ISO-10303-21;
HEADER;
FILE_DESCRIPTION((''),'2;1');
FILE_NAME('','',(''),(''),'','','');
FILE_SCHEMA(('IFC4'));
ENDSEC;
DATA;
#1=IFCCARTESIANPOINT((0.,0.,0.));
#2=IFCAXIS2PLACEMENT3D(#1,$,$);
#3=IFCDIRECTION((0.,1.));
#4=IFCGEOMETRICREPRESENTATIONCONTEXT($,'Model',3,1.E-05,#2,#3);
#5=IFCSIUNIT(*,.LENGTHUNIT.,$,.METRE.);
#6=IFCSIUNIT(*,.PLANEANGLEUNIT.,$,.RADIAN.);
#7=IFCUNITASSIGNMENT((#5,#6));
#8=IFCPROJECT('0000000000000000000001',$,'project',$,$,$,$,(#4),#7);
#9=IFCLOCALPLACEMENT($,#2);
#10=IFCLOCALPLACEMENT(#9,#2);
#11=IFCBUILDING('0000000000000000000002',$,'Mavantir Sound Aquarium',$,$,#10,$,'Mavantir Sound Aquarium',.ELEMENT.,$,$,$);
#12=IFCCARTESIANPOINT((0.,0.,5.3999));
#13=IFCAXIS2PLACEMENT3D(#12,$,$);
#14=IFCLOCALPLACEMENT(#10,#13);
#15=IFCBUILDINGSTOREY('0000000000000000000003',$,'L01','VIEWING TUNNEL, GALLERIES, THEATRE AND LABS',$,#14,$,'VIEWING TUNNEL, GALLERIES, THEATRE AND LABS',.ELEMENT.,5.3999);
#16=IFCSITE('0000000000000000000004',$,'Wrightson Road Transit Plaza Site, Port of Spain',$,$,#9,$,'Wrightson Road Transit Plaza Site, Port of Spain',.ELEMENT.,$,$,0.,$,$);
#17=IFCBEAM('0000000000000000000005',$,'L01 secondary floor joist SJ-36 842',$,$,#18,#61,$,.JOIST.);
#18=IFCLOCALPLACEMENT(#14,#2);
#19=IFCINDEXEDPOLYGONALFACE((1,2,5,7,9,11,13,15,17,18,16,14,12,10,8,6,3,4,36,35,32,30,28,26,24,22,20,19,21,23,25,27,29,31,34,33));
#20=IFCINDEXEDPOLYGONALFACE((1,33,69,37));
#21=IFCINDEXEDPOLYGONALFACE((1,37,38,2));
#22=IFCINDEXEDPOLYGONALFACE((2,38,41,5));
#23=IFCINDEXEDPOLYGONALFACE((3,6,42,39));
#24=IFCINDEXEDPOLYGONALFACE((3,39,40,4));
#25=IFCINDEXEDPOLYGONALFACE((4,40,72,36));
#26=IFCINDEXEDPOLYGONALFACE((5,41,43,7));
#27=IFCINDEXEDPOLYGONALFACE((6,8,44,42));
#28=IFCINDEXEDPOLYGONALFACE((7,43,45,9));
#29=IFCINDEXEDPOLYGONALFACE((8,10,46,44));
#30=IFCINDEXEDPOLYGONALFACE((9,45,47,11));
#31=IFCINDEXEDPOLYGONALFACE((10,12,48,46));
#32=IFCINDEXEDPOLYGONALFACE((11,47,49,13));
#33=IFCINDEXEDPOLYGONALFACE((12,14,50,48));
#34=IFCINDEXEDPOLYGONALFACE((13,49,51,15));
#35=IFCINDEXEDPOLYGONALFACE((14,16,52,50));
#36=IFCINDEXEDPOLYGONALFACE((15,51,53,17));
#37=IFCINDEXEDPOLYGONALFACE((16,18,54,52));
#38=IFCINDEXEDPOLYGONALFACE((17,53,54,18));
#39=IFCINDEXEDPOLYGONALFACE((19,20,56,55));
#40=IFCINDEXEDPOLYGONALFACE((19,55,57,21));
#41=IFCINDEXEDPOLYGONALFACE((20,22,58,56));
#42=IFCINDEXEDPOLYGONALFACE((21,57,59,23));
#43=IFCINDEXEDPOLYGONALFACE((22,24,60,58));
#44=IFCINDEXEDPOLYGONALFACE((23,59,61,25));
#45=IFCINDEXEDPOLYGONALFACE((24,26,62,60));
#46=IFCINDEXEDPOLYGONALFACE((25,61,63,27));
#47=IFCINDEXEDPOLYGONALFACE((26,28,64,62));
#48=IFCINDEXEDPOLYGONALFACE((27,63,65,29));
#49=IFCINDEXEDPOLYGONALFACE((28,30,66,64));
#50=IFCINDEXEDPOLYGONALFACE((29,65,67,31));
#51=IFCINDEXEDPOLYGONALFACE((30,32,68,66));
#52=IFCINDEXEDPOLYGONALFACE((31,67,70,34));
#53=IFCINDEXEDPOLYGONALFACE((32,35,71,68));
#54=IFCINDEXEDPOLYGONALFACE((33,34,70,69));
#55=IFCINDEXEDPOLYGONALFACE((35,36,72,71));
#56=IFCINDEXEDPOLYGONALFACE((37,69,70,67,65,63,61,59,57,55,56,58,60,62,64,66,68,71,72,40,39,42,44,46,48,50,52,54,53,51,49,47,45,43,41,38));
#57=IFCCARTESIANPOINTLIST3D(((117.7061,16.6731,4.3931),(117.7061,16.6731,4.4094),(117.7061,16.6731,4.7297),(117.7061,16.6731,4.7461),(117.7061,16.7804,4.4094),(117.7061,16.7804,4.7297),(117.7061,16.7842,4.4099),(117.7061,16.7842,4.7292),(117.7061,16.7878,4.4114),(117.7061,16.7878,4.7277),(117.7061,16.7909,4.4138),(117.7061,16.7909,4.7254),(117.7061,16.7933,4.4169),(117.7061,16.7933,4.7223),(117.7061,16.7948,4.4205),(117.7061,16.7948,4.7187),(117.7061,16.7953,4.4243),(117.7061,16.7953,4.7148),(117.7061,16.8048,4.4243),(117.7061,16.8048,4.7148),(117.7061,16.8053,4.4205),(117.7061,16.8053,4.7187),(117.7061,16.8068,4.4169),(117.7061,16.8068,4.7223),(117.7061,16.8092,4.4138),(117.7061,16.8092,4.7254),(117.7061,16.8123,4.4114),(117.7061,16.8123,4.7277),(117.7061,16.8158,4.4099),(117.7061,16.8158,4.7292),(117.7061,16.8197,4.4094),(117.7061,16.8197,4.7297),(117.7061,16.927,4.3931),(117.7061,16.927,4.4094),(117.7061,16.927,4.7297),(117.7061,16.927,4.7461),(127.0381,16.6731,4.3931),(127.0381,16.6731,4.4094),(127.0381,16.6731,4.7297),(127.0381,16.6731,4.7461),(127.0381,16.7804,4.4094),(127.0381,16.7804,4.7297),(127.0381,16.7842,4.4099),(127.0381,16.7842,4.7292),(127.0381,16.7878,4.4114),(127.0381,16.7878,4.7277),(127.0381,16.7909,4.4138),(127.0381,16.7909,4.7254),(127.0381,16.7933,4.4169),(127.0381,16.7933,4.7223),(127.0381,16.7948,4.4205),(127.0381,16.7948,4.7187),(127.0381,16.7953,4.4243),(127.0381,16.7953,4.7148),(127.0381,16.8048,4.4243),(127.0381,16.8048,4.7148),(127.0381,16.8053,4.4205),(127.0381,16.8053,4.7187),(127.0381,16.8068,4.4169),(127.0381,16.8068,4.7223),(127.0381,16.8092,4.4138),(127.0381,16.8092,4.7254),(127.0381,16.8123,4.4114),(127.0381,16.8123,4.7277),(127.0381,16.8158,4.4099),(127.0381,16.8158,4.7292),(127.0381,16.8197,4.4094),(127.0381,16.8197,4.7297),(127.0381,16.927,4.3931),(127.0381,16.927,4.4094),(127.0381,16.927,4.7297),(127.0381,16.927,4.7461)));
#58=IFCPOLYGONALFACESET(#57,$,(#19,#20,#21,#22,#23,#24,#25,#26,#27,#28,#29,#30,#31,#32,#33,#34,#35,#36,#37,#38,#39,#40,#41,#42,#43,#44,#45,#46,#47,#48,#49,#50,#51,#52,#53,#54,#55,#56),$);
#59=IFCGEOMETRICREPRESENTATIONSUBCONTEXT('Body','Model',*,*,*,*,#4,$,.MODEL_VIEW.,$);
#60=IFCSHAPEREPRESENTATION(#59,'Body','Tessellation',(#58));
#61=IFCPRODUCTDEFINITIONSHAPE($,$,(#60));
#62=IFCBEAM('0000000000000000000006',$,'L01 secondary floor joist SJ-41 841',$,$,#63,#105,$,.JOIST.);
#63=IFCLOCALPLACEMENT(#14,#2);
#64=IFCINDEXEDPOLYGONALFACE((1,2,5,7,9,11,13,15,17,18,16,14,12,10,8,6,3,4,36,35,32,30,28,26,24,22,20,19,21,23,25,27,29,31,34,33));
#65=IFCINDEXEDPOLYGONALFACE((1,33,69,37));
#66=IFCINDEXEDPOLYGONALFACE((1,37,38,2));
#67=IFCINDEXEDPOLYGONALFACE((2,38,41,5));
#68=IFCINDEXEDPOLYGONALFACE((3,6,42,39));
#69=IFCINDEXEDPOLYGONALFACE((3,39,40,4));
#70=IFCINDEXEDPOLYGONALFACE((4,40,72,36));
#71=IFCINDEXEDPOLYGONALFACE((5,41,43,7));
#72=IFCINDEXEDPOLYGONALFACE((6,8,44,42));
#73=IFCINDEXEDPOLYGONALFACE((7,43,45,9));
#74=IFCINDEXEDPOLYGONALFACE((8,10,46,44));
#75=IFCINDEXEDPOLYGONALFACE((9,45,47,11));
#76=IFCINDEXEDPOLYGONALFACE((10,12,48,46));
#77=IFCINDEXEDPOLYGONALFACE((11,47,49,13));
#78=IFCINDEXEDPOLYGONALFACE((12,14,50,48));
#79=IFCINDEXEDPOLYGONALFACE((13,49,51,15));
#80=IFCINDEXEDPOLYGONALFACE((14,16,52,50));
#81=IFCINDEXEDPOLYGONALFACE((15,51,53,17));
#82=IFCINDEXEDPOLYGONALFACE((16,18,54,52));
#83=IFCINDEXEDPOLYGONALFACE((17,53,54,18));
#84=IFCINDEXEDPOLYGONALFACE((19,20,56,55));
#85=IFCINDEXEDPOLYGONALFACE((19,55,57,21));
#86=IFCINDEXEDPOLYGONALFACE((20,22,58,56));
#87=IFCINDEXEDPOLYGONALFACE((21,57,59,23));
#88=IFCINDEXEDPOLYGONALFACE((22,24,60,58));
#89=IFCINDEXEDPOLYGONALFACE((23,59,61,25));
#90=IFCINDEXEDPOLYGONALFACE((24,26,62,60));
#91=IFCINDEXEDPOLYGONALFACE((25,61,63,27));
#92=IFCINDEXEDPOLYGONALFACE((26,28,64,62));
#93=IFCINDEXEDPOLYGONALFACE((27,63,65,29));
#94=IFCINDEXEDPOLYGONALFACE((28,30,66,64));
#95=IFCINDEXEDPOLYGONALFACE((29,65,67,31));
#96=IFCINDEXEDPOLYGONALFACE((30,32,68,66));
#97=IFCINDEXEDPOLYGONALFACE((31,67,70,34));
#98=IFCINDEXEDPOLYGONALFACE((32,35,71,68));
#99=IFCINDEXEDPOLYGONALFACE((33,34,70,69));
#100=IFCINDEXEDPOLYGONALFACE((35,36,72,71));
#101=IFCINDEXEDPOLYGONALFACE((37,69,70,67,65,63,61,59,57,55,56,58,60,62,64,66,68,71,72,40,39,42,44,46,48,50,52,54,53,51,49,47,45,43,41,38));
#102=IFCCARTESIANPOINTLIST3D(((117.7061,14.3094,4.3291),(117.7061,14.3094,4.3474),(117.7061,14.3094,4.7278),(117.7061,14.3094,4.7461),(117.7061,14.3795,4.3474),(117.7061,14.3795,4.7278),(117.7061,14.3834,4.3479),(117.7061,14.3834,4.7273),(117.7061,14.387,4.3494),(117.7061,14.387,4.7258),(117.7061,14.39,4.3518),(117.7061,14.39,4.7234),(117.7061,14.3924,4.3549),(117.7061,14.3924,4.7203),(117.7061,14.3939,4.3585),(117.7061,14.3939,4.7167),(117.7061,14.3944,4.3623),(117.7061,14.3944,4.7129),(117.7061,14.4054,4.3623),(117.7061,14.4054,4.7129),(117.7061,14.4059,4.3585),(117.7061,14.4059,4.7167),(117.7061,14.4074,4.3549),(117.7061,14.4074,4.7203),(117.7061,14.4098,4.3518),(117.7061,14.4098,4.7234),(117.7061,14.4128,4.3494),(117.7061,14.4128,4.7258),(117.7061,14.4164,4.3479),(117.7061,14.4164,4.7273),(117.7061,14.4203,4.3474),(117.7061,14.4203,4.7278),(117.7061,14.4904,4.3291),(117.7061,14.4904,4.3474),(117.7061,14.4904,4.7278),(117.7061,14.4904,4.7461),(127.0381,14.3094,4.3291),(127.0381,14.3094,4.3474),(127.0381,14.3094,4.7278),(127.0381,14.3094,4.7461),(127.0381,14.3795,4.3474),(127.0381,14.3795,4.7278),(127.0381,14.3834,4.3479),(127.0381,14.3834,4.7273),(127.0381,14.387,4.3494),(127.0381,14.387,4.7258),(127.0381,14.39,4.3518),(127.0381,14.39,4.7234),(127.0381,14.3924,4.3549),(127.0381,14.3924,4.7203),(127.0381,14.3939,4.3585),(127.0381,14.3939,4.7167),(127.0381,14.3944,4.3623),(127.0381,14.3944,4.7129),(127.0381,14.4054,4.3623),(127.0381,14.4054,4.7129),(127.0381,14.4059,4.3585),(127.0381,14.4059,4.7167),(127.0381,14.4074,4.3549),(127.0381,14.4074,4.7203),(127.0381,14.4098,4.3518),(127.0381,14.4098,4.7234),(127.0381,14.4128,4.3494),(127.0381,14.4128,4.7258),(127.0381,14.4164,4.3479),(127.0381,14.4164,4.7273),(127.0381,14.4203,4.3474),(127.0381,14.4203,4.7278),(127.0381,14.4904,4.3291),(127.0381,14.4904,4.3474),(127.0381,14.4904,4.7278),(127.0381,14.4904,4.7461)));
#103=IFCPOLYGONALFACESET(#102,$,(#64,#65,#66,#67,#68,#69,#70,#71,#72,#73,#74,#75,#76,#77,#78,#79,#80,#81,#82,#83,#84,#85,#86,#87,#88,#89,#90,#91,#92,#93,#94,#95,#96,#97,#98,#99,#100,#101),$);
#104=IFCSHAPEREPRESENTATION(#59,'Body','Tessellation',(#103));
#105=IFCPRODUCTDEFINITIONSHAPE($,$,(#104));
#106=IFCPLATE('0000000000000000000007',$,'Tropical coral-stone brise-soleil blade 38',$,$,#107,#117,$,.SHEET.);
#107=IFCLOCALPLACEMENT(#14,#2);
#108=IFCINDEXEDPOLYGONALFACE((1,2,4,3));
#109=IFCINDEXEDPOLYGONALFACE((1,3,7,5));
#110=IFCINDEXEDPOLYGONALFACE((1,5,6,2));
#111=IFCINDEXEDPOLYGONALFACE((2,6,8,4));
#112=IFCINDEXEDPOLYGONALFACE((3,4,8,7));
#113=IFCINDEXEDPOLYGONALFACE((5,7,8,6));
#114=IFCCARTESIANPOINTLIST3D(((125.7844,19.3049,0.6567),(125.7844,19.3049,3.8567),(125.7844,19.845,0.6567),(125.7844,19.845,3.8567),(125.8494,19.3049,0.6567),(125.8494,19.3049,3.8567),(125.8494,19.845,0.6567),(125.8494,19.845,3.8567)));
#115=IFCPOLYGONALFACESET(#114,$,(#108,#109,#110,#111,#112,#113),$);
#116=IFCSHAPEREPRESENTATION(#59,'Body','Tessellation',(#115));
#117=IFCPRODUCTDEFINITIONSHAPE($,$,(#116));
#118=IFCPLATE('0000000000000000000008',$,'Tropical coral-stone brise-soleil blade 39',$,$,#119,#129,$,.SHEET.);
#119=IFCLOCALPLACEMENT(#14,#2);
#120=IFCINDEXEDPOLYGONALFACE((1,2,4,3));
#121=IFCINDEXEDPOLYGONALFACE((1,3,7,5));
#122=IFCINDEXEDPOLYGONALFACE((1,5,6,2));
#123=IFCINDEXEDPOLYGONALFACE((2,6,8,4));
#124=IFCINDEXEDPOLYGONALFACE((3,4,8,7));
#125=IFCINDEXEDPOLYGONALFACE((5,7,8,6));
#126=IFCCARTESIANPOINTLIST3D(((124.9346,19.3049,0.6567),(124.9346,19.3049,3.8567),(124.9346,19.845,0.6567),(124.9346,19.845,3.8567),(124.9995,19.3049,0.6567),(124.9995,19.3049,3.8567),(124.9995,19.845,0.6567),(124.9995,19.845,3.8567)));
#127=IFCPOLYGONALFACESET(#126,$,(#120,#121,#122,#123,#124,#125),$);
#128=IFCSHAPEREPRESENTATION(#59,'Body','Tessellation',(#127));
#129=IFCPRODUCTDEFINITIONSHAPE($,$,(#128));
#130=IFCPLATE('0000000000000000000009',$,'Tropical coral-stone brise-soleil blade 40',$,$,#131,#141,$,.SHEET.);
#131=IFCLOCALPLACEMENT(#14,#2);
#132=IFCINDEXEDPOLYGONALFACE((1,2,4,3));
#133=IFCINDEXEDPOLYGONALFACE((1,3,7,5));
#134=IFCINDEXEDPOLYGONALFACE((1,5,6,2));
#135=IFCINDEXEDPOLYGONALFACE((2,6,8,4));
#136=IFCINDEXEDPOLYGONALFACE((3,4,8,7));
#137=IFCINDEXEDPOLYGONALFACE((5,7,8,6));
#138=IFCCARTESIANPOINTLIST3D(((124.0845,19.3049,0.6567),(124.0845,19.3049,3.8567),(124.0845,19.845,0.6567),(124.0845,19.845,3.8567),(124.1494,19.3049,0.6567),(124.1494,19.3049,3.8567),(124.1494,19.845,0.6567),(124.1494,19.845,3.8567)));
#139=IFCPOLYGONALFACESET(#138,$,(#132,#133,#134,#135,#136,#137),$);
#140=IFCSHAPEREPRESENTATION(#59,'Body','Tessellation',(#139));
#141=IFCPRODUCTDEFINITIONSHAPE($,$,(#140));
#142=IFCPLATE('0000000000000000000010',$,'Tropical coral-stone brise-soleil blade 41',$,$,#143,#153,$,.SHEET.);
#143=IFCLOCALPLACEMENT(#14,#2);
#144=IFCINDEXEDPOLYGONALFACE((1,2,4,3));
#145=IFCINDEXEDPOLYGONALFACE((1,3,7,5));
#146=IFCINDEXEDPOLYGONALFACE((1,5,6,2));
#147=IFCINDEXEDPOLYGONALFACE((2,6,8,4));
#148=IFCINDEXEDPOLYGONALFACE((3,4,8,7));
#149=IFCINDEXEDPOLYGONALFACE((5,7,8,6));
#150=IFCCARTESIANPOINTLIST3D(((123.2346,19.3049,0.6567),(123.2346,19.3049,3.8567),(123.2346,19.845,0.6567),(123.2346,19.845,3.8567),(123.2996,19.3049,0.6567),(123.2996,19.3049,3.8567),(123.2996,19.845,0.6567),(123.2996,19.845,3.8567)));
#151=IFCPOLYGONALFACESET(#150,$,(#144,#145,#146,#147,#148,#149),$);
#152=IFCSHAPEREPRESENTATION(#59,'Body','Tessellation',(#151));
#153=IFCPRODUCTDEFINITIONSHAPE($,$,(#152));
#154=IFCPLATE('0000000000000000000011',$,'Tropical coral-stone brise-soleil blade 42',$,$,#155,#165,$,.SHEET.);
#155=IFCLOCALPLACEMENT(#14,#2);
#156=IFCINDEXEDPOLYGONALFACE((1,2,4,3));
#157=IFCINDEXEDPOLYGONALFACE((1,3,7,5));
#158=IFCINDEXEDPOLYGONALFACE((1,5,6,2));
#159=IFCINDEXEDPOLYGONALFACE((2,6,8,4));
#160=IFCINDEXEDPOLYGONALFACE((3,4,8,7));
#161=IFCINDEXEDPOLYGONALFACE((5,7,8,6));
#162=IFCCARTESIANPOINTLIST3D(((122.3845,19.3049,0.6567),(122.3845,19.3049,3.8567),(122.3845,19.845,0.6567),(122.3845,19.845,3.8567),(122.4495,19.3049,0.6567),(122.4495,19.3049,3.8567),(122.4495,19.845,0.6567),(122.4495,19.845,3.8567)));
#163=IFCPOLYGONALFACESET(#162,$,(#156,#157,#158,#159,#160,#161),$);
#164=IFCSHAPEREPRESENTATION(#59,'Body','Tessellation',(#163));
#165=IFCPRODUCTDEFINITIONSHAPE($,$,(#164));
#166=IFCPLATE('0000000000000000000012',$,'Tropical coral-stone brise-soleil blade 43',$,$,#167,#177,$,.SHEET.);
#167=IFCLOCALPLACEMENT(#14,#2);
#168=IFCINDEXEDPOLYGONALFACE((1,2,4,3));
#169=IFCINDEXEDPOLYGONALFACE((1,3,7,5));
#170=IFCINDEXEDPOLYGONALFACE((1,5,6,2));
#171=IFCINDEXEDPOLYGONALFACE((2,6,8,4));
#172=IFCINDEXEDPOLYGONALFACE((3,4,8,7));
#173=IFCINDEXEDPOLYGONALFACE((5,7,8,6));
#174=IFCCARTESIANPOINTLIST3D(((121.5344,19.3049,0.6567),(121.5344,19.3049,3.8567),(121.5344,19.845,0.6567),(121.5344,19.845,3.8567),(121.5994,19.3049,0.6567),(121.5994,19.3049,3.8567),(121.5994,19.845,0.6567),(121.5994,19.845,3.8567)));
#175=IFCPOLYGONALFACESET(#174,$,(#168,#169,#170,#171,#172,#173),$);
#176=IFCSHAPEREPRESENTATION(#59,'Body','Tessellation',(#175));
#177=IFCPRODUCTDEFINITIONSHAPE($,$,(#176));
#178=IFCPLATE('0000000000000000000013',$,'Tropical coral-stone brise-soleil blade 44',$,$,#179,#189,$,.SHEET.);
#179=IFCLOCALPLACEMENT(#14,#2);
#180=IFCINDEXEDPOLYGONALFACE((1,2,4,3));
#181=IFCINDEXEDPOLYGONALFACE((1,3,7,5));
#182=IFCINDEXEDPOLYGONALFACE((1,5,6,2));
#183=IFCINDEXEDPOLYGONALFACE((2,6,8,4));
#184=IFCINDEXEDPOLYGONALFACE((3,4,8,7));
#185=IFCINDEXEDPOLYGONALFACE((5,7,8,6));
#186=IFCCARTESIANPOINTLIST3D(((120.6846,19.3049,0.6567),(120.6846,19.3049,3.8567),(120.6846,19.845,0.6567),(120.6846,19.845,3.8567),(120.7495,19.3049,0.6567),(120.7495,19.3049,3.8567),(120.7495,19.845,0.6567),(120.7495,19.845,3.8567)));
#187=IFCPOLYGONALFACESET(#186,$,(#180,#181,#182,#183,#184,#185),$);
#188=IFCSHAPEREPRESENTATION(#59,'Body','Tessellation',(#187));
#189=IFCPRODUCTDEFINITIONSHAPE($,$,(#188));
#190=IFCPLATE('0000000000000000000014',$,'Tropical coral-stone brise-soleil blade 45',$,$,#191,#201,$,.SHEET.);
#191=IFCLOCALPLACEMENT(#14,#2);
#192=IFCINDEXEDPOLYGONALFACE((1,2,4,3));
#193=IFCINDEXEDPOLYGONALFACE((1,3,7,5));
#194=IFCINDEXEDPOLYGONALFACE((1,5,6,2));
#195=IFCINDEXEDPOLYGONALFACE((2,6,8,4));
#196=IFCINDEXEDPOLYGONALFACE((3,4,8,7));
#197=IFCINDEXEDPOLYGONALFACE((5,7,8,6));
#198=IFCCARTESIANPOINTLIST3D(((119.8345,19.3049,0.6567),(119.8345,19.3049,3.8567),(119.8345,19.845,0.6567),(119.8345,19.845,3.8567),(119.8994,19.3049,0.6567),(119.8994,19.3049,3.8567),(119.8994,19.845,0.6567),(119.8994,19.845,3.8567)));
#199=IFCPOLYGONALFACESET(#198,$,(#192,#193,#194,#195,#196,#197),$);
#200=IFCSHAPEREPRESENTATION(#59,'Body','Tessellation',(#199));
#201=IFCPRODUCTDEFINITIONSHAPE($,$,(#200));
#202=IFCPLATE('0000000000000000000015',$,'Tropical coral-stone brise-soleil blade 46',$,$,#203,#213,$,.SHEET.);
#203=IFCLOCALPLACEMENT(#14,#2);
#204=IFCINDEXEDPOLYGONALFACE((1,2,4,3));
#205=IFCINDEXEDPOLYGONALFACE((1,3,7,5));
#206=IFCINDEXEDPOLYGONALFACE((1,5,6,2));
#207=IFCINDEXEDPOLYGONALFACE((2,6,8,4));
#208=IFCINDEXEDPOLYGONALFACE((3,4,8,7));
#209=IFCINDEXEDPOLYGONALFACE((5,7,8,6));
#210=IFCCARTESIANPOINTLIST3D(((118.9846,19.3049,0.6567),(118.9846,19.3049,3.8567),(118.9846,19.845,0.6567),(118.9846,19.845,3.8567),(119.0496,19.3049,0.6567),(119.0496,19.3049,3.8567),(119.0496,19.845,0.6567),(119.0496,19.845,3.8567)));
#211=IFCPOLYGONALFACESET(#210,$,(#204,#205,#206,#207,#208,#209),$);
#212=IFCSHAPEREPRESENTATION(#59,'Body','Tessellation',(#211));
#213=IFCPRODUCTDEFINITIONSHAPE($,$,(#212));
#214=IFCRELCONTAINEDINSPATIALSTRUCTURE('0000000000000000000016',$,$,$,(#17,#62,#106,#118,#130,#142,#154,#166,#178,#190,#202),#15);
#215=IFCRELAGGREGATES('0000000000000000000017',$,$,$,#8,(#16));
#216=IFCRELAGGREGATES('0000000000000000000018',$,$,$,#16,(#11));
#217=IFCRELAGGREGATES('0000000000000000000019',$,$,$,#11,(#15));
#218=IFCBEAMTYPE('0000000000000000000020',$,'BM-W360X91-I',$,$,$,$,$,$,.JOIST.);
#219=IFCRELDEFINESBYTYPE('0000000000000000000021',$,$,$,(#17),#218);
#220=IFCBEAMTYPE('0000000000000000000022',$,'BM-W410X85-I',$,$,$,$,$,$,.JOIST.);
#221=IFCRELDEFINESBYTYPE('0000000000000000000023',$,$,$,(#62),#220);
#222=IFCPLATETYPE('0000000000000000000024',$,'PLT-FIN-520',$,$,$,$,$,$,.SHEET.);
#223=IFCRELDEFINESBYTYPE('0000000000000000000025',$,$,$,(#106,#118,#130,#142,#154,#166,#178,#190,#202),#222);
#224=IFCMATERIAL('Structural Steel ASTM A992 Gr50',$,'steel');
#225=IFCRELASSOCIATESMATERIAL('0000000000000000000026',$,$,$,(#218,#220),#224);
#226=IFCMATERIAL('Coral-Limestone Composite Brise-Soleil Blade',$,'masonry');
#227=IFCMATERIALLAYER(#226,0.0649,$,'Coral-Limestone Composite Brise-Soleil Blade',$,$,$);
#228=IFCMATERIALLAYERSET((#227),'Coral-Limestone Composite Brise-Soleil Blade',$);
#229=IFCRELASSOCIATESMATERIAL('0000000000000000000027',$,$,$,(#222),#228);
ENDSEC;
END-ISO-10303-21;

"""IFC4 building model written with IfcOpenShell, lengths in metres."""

from ifc_helpers import new_model, si_unit, direction, frame, origin, origin_2d, place, context, subcontext, project, spatial, rectangle, i_section, extrude, material, layer, layer_set, material_profile, profile_set, type_object, element, save


model = new_model("IFC4")

# Units and contexts
model_context = context("Model", 3, precision=1e-05, world=origin(), true_north=direction((0.0, 1.0)))
body_context = subcontext(model_context, "Body", "Model", "MODEL_VIEW")
ifc_project = project(units=[si_unit("LENGTHUNIT", "METRE"), si_unit("PLANEANGLEUNIT", "RADIAN")], contexts=[model_context])

# Site, building, storey
site_placement = place(None, origin())
site = spatial("IfcSite", under=ifc_project, at=site_placement, Name="Wrightson Road Transit Plaza Site, Port of Spain", LongName="Wrightson Road Transit Plaza Site, Port of Spain", CompositionType="ELEMENT", RefElevation=0.0)
building_placement = place(site_placement, origin())
building = spatial("IfcBuilding", under=site, at=building_placement, Name="Mavantir Sound Aquarium", LongName="Mavantir Sound Aquarium", CompositionType="ELEMENT")
storey_placement = place(building_placement, frame((0.0, 0.0, 5.3999)))
storey = spatial("IfcBuildingStorey", under=building, at=storey_placement, Name="L01", Description="VIEWING TUNNEL, GALLERIES, THEATRE AND LABS", LongName="VIEWING TUNNEL, GALLERIES, THEATRE AND LABS", CompositionType="ELEMENT", Elevation=5.3999)

# Beams
ifc_material_1 = material(Name="Structural Steel ASTM A992 Gr50", Category="steel")
ifc_material_profile_1 = material_profile(ifc_material_1, i_section(OverallWidth=0.2539, OverallDepth=0.353, WebThickness=0.0095, FlangeThickness=0.0164, FilletRadius=0.0149, at=origin_2d()), Name="W360X91")
ifc_profile_set_1 = profile_set([ifc_material_profile_1], Name="Structural Steel ASTM A992 Gr50")
beam_type_1 = type_object("IfcBeamType", Name="BM-W360X91-I", PredefinedType="JOIST", material=ifc_profile_set_1)
beam_1_placement = place(storey_placement, frame((117.7061, 16.8, 4.5696), z_axis=(1.0, 0.0, 0.0), x_axis=(0.0, 1.0, 0.0)))
element("IfcBeam", 1, at=beam_1_placement, inside=storey, type_object=beam_type_1, Name="L01 secondary floor joist SJ-36 842", PredefinedType="JOIST", context=body_context, shape_type="SweptSolid", body=[
    extrude(i_section(OverallWidth=0.2539, OverallDepth=0.353, WebThickness=0.0095, FlangeThickness=0.0164, FilletRadius=0.0149, at=origin_2d()), origin(), (0.0, 0.0, 1.0), 9.332),
])
ifc_material_profile_2 = material_profile(ifc_material_1, i_section(OverallWidth=0.1809, OverallDepth=0.417, WebThickness=0.011, FlangeThickness=0.0183, FilletRadius=0.0149, at=origin_2d()), Name="W410X85")
ifc_profile_set_2 = profile_set([ifc_material_profile_2], Name="Structural Steel ASTM A992 Gr50")
beam_type_2 = type_object("IfcBeamType", Name="BM-W410X85-I", PredefinedType="JOIST", material=ifc_profile_set_2)
beam_2_placement = place(storey_placement, frame((117.7061, 14.3999, 4.5376), z_axis=(1.0, 0.0, 0.0), x_axis=(0.0, 1.0, 0.0)))
element("IfcBeam", 2, at=beam_2_placement, inside=storey, type_object=beam_type_2, Name="L01 secondary floor joist SJ-41 841", PredefinedType="JOIST", context=body_context, shape_type="SweptSolid", body=[
    extrude(i_section(OverallWidth=0.1809, OverallDepth=0.417, WebThickness=0.011, FlangeThickness=0.0183, FilletRadius=0.0149, at=origin_2d()), origin(), (0.0, 0.0, 1.0), 9.332),
])

# Plates
ifc_material_2 = material(Name="Coral-Limestone Composite Brise-Soleil Blade", Category="masonry")
ifc_layer = layer(ifc_material_2, 0.0649, Name="Coral-Limestone Composite Brise-Soleil Blade")
ifc_layer_set = layer_set([ifc_layer], Name="Coral-Limestone Composite Brise-Soleil Blade")
plate_type = type_object("IfcPlateType", Name="PLT-FIN-520", PredefinedType="SHEET", material=ifc_layer_set)
for number, where, z_axis, x_axis, name in (
    (3, (125.8169, 19.575, 0.6567), (0.0, 0.0, 1.0), (1.0, 0.0, 0.0), "Tropical coral-stone brise-soleil blade 38"),
    (4, (124.967, 19.575, 0.6567), (0.0, 0.0, 1.0), (1.0, 0.0, 0.0), "Tropical coral-stone brise-soleil blade 39"),
    (5, (124.1169, 19.575, 0.6567), (0.0, 0.0, 1.0), (1.0, 0.0, 0.0), "Tropical coral-stone brise-soleil blade 40"),
    (6, (123.2671, 19.575, 0.6567), (0.0, 0.0, 1.0), (1.0, 0.0, 0.0), "Tropical coral-stone brise-soleil blade 41"),
    (7, (122.417, 19.575, 0.6567), (0.0, 0.0, 1.0), (1.0, 0.0, 0.0), "Tropical coral-stone brise-soleil blade 42"),
    (8, (121.5669, 19.575, 0.6567), (0.0, 0.0, 1.0), (1.0, 0.0, 0.0), "Tropical coral-stone brise-soleil blade 43"),
    (9, (120.717, 19.575, 0.6567), (0.0, 0.0, 1.0), (1.0, 0.0, 0.0), "Tropical coral-stone brise-soleil blade 44"),
    (10, (119.8669, 19.575, 0.6567), (0.0, 0.0, 1.0), (1.0, 0.0, 0.0), "Tropical coral-stone brise-soleil blade 45"),
    (11, (119.0171, 19.575, 0.6567), (0.0, 0.0, 1.0), (1.0, 0.0, 0.0), "Tropical coral-stone brise-soleil blade 46"),
):
    element("IfcPlate", number, at=place(storey_placement, frame(where, z_axis=z_axis, x_axis=x_axis)), inside=storey, type_object=plate_type, Name=name, PredefinedType="SHEET", context=body_context, shape_type="SweptSolid", body=[
        extrude(rectangle(XDim=0.0649, YDim=0.54, at=origin_2d()), origin(), (0.0, 0.0, 1.0), 3.2),
    ])

save(model, "model.ifc")
